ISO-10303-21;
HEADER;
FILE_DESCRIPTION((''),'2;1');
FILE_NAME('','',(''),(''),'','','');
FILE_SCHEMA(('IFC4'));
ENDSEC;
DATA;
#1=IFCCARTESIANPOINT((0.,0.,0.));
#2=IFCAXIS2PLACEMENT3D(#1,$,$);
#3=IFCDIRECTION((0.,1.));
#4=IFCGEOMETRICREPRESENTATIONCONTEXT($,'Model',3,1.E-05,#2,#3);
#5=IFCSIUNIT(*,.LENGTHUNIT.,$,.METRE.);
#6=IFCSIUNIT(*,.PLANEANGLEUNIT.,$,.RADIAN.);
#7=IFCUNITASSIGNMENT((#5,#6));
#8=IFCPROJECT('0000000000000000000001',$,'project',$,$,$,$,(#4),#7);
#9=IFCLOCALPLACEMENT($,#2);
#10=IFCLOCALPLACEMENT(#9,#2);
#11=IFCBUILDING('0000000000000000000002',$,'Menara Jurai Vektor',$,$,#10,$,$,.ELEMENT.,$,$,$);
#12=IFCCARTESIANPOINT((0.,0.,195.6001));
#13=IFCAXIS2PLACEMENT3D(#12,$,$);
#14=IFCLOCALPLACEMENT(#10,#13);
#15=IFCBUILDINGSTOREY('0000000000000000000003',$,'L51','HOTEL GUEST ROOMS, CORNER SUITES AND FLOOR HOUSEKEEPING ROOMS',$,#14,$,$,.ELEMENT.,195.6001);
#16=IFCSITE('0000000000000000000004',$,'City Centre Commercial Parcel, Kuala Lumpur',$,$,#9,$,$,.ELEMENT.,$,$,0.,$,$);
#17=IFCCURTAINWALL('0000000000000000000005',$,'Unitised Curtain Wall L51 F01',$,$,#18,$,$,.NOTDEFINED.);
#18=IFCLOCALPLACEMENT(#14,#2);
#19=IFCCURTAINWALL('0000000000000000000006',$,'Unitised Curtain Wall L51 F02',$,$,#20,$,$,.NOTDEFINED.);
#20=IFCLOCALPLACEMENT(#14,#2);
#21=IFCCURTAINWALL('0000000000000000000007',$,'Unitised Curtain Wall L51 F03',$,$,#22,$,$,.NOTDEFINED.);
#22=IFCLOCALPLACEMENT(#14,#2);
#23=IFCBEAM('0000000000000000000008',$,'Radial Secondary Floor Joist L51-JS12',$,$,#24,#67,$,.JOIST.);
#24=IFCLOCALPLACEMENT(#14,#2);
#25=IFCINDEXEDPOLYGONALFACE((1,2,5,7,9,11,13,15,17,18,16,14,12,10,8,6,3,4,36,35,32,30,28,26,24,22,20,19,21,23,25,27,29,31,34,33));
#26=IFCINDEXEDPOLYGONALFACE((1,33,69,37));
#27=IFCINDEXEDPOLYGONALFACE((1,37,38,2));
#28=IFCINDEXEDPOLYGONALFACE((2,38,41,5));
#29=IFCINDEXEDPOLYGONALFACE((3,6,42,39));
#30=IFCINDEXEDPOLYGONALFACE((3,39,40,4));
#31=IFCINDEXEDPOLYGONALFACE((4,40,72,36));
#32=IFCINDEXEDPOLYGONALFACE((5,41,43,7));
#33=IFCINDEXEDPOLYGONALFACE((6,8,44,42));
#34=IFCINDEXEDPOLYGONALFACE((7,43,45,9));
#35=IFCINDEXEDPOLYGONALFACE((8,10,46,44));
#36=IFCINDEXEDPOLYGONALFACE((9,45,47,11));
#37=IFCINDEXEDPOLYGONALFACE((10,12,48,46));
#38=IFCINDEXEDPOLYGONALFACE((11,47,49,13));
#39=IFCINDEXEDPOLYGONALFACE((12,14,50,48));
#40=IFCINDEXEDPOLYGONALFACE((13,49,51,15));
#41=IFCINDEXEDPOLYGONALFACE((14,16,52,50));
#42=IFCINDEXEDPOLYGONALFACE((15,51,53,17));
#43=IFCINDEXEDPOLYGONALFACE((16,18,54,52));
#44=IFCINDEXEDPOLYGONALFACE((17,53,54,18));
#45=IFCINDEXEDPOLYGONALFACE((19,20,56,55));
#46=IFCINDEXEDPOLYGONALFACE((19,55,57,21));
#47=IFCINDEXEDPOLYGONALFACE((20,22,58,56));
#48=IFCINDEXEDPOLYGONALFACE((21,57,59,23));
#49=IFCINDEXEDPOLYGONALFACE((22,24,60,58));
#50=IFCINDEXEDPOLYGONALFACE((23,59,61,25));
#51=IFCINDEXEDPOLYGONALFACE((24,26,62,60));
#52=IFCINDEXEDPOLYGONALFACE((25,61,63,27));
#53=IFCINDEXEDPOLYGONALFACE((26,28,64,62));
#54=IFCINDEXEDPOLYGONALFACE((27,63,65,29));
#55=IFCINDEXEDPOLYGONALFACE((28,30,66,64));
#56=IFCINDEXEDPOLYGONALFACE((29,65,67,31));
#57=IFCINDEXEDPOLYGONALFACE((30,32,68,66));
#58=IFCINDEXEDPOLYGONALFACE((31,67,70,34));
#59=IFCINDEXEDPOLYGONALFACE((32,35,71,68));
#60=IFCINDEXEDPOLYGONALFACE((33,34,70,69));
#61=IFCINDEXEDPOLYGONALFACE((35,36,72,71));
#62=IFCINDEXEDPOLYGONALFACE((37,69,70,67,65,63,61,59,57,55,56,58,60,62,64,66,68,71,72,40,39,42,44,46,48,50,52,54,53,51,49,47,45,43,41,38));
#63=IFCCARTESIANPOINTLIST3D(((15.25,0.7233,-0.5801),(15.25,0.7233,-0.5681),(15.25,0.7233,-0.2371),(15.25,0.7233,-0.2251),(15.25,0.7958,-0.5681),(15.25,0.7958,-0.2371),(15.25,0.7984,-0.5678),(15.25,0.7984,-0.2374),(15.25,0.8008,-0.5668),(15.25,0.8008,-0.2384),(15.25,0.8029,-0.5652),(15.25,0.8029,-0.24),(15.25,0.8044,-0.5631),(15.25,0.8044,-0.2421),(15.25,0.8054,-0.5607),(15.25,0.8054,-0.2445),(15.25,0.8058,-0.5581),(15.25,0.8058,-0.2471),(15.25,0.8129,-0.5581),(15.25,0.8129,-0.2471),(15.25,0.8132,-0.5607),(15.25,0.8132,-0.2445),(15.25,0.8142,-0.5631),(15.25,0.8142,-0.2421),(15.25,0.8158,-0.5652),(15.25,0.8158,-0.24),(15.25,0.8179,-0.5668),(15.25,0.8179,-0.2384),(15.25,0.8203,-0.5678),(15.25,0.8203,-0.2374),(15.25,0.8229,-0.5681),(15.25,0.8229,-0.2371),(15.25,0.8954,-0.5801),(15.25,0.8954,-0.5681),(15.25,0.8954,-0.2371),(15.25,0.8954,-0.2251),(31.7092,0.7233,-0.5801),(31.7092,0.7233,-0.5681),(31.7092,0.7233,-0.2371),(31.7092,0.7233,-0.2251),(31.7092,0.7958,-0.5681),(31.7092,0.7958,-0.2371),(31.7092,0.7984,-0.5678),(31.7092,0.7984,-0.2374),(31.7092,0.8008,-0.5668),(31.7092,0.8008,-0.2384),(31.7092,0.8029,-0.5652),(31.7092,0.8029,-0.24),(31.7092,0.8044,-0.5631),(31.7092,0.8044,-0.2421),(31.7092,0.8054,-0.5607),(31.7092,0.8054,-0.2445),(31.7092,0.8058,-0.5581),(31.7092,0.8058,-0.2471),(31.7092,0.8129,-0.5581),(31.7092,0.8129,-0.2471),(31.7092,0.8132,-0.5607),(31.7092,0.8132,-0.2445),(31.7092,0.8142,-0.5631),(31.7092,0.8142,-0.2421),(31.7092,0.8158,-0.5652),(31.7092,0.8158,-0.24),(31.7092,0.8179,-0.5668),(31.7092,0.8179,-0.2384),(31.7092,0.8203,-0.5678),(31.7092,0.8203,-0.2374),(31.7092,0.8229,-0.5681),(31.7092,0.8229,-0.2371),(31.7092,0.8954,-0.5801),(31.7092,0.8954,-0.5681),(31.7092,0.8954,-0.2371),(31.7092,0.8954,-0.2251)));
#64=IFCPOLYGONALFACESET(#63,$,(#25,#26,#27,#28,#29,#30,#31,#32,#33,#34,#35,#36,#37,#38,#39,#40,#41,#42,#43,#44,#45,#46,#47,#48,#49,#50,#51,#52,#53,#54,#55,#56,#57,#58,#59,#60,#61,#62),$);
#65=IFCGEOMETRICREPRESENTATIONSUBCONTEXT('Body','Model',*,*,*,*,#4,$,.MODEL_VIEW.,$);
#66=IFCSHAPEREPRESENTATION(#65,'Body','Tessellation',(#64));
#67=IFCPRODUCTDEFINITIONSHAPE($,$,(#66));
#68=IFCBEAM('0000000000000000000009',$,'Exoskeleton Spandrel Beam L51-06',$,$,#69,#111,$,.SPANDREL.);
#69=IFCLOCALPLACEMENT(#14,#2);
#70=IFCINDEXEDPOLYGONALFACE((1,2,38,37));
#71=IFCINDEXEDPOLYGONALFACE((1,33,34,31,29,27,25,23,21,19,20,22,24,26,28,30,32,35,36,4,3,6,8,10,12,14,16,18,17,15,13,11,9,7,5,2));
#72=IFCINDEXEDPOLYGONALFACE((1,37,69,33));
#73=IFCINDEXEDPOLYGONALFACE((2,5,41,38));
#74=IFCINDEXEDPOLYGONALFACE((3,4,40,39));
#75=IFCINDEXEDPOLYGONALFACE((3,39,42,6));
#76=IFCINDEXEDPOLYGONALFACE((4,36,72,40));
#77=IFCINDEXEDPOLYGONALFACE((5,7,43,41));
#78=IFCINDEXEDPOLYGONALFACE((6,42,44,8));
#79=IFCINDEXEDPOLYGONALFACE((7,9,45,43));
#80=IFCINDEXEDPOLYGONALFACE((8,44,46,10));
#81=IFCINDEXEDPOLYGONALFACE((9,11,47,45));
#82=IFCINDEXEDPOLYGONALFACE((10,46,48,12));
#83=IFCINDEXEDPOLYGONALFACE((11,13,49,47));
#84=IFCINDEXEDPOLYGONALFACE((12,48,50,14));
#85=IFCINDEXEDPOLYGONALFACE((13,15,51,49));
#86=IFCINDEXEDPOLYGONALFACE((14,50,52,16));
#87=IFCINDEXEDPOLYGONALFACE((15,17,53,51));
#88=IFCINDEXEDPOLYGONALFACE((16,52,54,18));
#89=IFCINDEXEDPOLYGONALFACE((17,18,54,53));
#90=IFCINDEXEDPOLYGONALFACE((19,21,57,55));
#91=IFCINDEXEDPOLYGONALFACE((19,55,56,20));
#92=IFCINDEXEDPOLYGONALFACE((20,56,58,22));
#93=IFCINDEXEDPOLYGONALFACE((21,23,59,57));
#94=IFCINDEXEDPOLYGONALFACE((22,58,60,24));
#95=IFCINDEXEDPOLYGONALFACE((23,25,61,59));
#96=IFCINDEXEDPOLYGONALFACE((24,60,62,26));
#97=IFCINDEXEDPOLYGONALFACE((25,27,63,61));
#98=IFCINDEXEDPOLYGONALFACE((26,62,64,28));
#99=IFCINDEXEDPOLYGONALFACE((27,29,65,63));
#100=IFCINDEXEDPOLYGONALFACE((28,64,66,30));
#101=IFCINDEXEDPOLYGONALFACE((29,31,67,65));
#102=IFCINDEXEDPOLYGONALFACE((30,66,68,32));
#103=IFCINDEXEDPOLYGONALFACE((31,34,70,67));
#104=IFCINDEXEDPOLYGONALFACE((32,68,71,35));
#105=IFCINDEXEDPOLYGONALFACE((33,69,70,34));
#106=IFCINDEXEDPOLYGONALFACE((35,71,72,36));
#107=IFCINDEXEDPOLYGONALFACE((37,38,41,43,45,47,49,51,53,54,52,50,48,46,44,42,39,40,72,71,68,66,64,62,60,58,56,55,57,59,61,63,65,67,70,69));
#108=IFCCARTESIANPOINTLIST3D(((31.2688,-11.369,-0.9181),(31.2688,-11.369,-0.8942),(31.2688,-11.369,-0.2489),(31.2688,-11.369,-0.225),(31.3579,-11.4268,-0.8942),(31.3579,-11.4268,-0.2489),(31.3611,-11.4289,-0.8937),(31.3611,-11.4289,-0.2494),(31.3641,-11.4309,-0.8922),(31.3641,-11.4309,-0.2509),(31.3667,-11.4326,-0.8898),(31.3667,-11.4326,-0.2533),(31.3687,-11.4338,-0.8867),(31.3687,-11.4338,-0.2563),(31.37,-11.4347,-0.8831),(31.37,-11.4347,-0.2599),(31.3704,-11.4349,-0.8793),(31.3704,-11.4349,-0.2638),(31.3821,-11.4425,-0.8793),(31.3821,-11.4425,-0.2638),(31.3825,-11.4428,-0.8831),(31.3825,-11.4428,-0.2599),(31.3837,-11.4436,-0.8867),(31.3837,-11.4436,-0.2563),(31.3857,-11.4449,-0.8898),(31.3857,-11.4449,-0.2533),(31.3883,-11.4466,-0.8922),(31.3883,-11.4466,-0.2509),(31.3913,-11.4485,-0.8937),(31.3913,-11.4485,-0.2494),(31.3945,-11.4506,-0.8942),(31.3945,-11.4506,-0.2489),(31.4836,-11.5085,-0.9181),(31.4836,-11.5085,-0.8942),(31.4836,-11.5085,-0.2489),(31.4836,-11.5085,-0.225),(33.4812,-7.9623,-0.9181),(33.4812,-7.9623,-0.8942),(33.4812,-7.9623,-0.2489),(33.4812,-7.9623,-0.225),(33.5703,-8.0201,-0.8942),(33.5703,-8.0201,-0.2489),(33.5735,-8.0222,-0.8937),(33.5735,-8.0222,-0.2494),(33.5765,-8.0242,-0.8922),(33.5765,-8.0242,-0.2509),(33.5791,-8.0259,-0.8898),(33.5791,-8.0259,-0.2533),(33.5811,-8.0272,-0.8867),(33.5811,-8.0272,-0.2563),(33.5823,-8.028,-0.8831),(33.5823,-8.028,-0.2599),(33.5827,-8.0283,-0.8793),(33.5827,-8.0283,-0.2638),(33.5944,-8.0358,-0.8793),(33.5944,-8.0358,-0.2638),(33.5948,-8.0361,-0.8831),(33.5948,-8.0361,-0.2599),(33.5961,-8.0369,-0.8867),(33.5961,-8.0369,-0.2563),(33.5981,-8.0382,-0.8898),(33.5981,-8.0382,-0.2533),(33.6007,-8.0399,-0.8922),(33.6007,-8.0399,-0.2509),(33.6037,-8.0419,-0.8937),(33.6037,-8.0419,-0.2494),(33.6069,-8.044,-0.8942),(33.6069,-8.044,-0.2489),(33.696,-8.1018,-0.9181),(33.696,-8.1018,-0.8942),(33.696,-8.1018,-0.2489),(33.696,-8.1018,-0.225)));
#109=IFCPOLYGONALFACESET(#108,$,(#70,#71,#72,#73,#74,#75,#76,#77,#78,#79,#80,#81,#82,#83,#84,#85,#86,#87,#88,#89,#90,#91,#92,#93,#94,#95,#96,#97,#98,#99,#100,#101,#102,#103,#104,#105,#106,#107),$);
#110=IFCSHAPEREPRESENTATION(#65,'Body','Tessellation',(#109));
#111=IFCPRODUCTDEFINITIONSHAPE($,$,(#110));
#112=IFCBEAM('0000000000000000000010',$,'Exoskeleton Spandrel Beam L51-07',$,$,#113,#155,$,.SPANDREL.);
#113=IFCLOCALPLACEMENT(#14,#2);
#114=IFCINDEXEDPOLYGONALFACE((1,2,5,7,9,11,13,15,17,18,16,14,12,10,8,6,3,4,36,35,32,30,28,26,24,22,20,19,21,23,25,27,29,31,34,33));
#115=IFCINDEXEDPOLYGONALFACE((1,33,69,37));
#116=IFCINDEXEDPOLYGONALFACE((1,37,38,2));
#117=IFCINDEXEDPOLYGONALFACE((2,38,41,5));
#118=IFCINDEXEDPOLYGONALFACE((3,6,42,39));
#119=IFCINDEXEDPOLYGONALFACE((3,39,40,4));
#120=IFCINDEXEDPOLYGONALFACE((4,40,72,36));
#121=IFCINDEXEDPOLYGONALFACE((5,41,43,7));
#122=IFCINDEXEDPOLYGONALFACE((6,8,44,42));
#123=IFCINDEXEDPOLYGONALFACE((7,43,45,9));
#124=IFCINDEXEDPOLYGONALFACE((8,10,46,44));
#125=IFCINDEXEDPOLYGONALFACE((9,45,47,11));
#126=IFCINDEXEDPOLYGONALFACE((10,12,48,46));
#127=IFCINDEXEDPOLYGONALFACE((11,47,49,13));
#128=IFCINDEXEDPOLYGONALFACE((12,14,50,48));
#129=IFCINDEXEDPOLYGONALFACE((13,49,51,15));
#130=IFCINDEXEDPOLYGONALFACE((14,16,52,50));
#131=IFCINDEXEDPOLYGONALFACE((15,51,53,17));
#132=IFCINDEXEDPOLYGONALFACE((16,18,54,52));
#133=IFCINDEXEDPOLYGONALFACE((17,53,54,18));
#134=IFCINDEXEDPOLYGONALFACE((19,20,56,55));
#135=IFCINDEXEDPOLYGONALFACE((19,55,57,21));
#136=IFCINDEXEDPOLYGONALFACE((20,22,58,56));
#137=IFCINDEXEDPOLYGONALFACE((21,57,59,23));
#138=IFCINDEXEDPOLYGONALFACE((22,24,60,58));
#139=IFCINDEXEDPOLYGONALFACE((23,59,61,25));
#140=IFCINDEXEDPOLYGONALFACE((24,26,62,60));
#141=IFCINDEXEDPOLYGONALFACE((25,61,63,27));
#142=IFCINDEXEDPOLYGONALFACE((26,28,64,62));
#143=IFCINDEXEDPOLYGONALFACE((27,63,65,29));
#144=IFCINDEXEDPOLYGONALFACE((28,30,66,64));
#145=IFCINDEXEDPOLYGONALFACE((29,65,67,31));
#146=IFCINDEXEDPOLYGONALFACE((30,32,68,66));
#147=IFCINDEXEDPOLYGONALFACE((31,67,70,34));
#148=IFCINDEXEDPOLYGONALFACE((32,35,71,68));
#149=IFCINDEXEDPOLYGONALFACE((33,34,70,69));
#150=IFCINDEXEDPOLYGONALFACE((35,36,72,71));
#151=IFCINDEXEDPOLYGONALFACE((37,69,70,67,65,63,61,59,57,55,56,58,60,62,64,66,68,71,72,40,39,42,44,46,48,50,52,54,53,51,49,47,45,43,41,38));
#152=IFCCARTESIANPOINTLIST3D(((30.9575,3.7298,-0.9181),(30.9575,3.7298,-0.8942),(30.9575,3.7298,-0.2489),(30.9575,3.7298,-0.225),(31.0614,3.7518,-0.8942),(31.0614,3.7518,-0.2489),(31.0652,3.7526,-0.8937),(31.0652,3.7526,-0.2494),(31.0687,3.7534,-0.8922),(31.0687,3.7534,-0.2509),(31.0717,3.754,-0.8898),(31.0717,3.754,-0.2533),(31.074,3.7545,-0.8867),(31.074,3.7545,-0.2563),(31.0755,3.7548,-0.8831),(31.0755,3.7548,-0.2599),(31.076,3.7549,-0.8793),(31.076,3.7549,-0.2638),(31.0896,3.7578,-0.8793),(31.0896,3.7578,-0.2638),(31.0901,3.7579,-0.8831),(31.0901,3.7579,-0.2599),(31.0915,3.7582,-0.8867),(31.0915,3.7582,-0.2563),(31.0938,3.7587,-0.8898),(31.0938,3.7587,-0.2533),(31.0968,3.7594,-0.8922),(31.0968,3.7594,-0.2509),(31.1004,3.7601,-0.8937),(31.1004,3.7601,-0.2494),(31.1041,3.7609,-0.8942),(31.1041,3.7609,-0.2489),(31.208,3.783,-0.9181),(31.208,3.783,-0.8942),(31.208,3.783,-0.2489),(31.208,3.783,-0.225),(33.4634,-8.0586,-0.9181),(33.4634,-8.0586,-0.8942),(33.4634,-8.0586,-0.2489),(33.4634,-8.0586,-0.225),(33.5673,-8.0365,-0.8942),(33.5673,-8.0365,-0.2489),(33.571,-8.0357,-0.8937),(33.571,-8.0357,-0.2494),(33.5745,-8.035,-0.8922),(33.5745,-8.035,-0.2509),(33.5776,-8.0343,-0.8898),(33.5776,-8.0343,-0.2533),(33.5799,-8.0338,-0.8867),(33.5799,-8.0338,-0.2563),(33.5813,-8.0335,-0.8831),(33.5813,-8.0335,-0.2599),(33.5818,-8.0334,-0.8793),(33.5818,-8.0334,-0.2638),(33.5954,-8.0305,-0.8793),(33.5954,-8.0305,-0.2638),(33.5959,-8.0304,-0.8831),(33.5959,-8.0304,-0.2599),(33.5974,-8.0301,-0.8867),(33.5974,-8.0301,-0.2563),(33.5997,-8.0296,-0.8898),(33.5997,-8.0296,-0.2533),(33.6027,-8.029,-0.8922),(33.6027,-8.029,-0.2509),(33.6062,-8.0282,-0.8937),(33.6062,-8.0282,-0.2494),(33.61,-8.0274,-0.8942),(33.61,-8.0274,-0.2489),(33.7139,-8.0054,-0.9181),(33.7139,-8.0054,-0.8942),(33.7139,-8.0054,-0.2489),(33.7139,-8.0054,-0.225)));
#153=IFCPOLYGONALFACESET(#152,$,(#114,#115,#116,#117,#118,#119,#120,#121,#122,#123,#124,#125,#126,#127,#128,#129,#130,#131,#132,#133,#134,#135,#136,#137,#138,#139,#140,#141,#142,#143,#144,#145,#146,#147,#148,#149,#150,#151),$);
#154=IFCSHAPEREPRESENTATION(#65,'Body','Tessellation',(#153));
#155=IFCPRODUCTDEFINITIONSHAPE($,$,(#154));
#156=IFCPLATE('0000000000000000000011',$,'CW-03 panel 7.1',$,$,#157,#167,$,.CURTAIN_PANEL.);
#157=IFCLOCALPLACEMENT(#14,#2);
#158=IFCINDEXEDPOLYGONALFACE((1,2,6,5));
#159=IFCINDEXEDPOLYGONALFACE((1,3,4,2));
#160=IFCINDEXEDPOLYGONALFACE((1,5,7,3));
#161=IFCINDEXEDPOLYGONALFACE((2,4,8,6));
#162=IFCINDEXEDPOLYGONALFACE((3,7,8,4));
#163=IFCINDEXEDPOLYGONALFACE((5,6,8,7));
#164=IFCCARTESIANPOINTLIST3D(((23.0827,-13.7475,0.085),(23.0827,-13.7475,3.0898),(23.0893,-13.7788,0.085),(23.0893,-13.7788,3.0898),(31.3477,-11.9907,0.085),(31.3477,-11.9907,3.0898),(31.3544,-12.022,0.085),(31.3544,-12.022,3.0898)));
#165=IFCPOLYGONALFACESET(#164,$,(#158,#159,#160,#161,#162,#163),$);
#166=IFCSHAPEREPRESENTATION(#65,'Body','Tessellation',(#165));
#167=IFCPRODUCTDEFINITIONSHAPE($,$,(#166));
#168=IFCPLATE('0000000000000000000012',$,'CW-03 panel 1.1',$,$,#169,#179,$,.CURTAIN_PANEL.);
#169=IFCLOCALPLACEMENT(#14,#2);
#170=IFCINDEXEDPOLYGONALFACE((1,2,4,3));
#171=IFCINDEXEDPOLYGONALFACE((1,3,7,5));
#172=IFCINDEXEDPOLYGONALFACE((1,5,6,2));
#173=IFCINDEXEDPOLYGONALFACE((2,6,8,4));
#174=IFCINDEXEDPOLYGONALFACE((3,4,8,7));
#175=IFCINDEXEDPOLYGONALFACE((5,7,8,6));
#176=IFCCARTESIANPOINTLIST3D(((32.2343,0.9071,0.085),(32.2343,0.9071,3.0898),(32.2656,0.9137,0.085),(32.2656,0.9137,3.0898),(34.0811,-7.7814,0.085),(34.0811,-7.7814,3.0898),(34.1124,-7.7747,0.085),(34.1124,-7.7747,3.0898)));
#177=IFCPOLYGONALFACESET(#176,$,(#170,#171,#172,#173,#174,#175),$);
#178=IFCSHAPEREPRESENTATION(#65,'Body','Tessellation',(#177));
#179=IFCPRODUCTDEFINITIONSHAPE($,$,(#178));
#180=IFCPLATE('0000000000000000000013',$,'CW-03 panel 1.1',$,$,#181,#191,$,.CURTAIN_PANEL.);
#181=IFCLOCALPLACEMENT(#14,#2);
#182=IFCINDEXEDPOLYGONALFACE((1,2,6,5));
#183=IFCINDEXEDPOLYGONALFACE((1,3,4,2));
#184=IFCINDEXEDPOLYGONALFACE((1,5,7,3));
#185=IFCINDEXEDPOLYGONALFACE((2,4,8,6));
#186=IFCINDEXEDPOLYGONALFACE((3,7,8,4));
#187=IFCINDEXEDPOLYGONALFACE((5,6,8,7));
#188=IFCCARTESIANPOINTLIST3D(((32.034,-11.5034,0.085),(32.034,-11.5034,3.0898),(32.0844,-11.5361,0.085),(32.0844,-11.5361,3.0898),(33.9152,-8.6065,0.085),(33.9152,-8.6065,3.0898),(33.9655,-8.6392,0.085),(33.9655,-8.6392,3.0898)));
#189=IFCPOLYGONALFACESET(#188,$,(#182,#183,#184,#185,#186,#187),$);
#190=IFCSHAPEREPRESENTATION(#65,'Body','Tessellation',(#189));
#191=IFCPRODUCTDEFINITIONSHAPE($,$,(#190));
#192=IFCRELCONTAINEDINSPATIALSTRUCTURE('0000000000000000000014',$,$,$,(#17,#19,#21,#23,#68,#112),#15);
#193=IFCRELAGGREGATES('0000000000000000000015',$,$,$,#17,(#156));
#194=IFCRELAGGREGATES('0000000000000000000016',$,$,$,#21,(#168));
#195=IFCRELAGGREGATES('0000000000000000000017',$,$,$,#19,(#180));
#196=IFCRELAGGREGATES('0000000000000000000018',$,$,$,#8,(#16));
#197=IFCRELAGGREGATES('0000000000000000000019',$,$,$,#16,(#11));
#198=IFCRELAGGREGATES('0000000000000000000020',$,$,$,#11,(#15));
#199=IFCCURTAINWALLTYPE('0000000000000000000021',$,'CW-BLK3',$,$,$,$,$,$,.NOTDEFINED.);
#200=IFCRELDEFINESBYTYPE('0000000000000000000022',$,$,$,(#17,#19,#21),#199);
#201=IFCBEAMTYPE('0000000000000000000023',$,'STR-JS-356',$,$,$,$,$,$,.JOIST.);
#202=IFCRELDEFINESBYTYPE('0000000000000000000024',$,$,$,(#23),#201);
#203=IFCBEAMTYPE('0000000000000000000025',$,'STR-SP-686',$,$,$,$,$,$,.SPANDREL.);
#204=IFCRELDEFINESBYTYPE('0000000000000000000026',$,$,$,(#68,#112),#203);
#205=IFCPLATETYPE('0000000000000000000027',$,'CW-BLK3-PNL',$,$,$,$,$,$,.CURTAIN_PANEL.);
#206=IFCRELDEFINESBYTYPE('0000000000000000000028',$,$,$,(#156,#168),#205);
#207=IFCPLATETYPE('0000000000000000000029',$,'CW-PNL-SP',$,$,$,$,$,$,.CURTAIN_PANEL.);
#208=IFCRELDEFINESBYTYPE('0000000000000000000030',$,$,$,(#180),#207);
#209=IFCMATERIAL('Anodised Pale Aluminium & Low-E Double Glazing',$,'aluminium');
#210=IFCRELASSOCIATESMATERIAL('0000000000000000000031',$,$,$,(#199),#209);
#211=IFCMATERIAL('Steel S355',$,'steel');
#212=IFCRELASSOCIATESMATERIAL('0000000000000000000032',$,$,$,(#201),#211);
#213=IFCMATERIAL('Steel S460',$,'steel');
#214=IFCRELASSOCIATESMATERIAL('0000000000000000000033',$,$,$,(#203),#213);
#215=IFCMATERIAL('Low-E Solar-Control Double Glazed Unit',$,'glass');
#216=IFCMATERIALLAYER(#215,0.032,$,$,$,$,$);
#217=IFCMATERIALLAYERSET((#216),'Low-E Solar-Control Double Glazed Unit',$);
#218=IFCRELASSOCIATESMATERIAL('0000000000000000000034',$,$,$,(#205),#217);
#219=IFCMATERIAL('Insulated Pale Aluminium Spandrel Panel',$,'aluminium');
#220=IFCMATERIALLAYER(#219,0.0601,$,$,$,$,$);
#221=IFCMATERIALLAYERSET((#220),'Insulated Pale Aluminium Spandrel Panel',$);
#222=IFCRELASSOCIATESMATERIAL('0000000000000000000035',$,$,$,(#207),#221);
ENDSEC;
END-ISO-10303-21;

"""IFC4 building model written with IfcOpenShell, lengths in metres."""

from ifc_helpers import new_model, si_unit, direction, frame, origin, origin_2d, place, context, subcontext, project, spatial, rectangle, i_section, extrude, material, layer, layer_set, material_profile, profile_set, type_object, element, aggregate, save


model = new_model("IFC4")

# Units and contexts
model_context = context("Model", 3, precision=1e-05, world=origin(), true_north=direction((0.0, 1.0)))
body_context = subcontext(model_context, "Body", "Model", "MODEL_VIEW")
ifc_project = project(units=[si_unit("LENGTHUNIT", "METRE"), si_unit("PLANEANGLEUNIT", "RADIAN")], contexts=[model_context])

# Site, building, storey
site_placement = place(None, origin())
site = spatial("IfcSite", under=ifc_project, at=site_placement, Name="City Centre Commercial Parcel, Kuala Lumpur", CompositionType="ELEMENT", RefElevation=0.0)
building_placement = place(site_placement, origin())
building = spatial("IfcBuilding", under=site, at=building_placement, Name="Menara Jurai Vektor", CompositionType="ELEMENT")
storey_placement = place(building_placement, frame((0.0, 0.0, 195.6001)))
storey = spatial("IfcBuildingStorey", under=building, at=storey_placement, Name="L51", Description="HOTEL GUEST ROOMS, CORNER SUITES AND FLOOR HOUSEKEEPING ROOMS", CompositionType="ELEMENT", Elevation=195.6001)

# Shared definitions
ifc_material_1 = material(Name="Steel S460", Category="steel")

# Curtain wall
ifc_material_2 = material(Name="Anodised Pale Aluminium & Low-E Double Glazing", Category="aluminium")
curtain_wall_type = type_object("IfcCurtainWallType", Name="CW-BLK3", PredefinedType="NOTDEFINED", material=ifc_material_2)
curtain_wall_1_placement = place(storey_placement, origin())
curtain_wall_1 = element("IfcCurtainWall", 1, at=curtain_wall_1_placement, inside=storey, type_object=curtain_wall_type, Name="Unitised Curtain Wall L51 F01", PredefinedType="NOTDEFINED")

# Curtain walls
curtain_wall_2_placement = place(storey_placement, origin())
curtain_wall_2 = element("IfcCurtainWall", 2, at=curtain_wall_2_placement, inside=storey, type_object=curtain_wall_type, Name="Unitised Curtain Wall L51 F02", PredefinedType="NOTDEFINED")
curtain_wall_3_placement = place(storey_placement, origin())
curtain_wall_3 = element("IfcCurtainWall", 3, at=curtain_wall_3_placement, inside=storey, type_object=curtain_wall_type, Name="Unitised Curtain Wall L51 F03", PredefinedType="NOTDEFINED")

# Shared definitions
ifc_material_3 = material(Name="Steel S355", Category="steel")

# Beams
ifc_material_profile_1 = material_profile(ifc_material_3, i_section(OverallWidth=0.1721, OverallDepth=0.355, WebThickness=0.0071, FlangeThickness=0.012, FilletRadius=0.01, at=origin_2d()), Name="UKB 356x171x51")
ifc_profile_set_1 = profile_set([ifc_material_profile_1], Name="Steel S355")
beam_type_1 = type_object("IfcBeamType", Name="STR-JS-356", PredefinedType="JOIST", material=ifc_profile_set_1)
beam_1_placement = place(storey_placement, frame((31.7092, 0.8093, -0.4026), z_axis=(-1.0, 0.0, 0.0), x_axis=(0.0, -1.0, 0.0)))
element("IfcBeam", 4, at=beam_1_placement, inside=storey, type_object=beam_type_1, Name="Radial Secondary Floor Joist L51-JS12", PredefinedType="JOIST", context=body_context, shape_type="SweptSolid", body=[
    extrude(i_section(OverallWidth=0.1721, OverallDepth=0.355, WebThickness=0.0071, FlangeThickness=0.012, FilletRadius=0.01, at=origin_2d()), origin(), (0.0, 0.0, 1.0), 16.4592),
])
ifc_material_profile_2 = material_profile(ifc_material_1, i_section(OverallWidth=0.2561, OverallDepth=0.6931, WebThickness=0.0139, FlangeThickness=0.0239, FilletRadius=0.0149, at=origin_2d()), Name="UKB 686x254x170")
ifc_profile_set_2 = profile_set([ifc_material_profile_2], Name="Steel S460")
beam_type_2 = type_object("IfcBeamType", Name="STR-SP-686", PredefinedType="SPANDREL", material=ifc_profile_set_2)
beam_2_placement = place(storey_placement, frame((31.3762, -11.4387, -0.5715), z_axis=(0.544646, 0.838666, 0.0), x_axis=(-0.838666, 0.544646, 0.0)))
element("IfcBeam", 5, at=beam_2_placement, inside=storey, type_object=beam_type_2, Name="Exoskeleton Spandrel Beam L51-06", PredefinedType="SPANDREL", context=body_context, shape_type="SweptSolid", body=[
    extrude(i_section(OverallWidth=0.2561, OverallDepth=0.6931, WebThickness=0.0139, FlangeThickness=0.0239, FilletRadius=0.0149, at=origin_2d()), origin(), (0.0, 0.0, 1.0), 4.062),
])
beam_3_placement = place(storey_placement, frame((33.5886, -8.032, -0.5715), z_axis=(-0.207925, 0.978145, 0.0), x_axis=(-0.978145, -0.207925, 0.0)))
element("IfcBeam", 6, at=beam_3_placement, inside=storey, type_object=beam_type_2, Name="Exoskeleton Spandrel Beam L51-07", PredefinedType="SPANDREL", context=body_context, shape_type="SweptSolid", body=[
    extrude(i_section(OverallWidth=0.2561, OverallDepth=0.6931, WebThickness=0.0139, FlangeThickness=0.0239, FilletRadius=0.0149, at=origin_2d()), origin(), (0.0, 0.0, 1.0), 12.0518),
])

# Plates
ifc_material_4 = material(Name="Low-E Solar-Control Double Glazed Unit", Category="glass")
ifc_layer_1 = layer(ifc_material_4, 0.032)
ifc_layer_set_1 = layer_set([ifc_layer_1], Name="Low-E Solar-Control Double Glazed Unit")
plate_type_1 = type_object("IfcPlateType", Name="CW-BLK3-PNL", PredefinedType="CURTAIN_PANEL", material=ifc_layer_set_1)
plate_1_placement = place(storey_placement, frame((27.2185, -12.8848, 0.085), z_axis=(0.0, 0.0, 1.0), x_axis=(0.978148, 0.207911, 0.0)))
plate_1 = element("IfcPlate", 7, at=plate_1_placement, type_object=plate_type_1, Name="CW-03 panel 7.1", PredefinedType="CURTAIN_PANEL", context=body_context, shape_type="SweptSolid", body=[
    extrude(rectangle(XDim=8.4497, YDim=0.032, at=origin_2d()), origin(), (0.0, 0.0, 1.0), 3.0049),
])
aggregate(curtain_wall_1, [plate_1])
plate_2_placement = place(storey_placement, frame((33.1733, -3.4338, 0.085), z_axis=(0.0, 0.0, 1.0), x_axis=(-0.20791, 0.978148, 0.0)))
plate_2 = element("IfcPlate", 8, at=plate_2_placement, type_object=plate_type_1, Name="CW-03 panel 1.1", PredefinedType="CURTAIN_PANEL", context=body_context, shape_type="SweptSolid", body=[
    extrude(rectangle(XDim=8.8826, YDim=0.032, at=origin_2d()), origin(), (0.0, 0.0, 1.0), 3.0049),
])
aggregate(curtain_wall_3, [plate_2])
ifc_material_5 = material(Name="Insulated Pale Aluminium Spandrel Panel", Category="aluminium")
ifc_layer_2 = layer(ifc_material_5, 0.0601)
ifc_layer_set_2 = layer_set([ifc_layer_2], Name="Insulated Pale Aluminium Spandrel Panel")
plate_type_2 = type_object("IfcPlateType", Name="CW-PNL-SP", PredefinedType="CURTAIN_PANEL", material=ifc_layer_set_2)
plate_3_placement = place(storey_placement, frame((32.9998, -10.0713, 0.085), z_axis=(0.0, 0.0, 1.0), x_axis=(0.544618, 0.838684, 0.0)))
plate_3 = element("IfcPlate", 9, at=plate_3_placement, type_object=plate_type_2, Name="CW-03 panel 1.1", PredefinedType="CURTAIN_PANEL", context=body_context, shape_type="SweptSolid", body=[
    extrude(rectangle(XDim=3.4541, YDim=0.0601, at=origin_2d()), origin(), (0.0, 0.0, 1.0), 3.0049),
])
aggregate(curtain_wall_2, [plate_3])

save(model, "model.ifc")
